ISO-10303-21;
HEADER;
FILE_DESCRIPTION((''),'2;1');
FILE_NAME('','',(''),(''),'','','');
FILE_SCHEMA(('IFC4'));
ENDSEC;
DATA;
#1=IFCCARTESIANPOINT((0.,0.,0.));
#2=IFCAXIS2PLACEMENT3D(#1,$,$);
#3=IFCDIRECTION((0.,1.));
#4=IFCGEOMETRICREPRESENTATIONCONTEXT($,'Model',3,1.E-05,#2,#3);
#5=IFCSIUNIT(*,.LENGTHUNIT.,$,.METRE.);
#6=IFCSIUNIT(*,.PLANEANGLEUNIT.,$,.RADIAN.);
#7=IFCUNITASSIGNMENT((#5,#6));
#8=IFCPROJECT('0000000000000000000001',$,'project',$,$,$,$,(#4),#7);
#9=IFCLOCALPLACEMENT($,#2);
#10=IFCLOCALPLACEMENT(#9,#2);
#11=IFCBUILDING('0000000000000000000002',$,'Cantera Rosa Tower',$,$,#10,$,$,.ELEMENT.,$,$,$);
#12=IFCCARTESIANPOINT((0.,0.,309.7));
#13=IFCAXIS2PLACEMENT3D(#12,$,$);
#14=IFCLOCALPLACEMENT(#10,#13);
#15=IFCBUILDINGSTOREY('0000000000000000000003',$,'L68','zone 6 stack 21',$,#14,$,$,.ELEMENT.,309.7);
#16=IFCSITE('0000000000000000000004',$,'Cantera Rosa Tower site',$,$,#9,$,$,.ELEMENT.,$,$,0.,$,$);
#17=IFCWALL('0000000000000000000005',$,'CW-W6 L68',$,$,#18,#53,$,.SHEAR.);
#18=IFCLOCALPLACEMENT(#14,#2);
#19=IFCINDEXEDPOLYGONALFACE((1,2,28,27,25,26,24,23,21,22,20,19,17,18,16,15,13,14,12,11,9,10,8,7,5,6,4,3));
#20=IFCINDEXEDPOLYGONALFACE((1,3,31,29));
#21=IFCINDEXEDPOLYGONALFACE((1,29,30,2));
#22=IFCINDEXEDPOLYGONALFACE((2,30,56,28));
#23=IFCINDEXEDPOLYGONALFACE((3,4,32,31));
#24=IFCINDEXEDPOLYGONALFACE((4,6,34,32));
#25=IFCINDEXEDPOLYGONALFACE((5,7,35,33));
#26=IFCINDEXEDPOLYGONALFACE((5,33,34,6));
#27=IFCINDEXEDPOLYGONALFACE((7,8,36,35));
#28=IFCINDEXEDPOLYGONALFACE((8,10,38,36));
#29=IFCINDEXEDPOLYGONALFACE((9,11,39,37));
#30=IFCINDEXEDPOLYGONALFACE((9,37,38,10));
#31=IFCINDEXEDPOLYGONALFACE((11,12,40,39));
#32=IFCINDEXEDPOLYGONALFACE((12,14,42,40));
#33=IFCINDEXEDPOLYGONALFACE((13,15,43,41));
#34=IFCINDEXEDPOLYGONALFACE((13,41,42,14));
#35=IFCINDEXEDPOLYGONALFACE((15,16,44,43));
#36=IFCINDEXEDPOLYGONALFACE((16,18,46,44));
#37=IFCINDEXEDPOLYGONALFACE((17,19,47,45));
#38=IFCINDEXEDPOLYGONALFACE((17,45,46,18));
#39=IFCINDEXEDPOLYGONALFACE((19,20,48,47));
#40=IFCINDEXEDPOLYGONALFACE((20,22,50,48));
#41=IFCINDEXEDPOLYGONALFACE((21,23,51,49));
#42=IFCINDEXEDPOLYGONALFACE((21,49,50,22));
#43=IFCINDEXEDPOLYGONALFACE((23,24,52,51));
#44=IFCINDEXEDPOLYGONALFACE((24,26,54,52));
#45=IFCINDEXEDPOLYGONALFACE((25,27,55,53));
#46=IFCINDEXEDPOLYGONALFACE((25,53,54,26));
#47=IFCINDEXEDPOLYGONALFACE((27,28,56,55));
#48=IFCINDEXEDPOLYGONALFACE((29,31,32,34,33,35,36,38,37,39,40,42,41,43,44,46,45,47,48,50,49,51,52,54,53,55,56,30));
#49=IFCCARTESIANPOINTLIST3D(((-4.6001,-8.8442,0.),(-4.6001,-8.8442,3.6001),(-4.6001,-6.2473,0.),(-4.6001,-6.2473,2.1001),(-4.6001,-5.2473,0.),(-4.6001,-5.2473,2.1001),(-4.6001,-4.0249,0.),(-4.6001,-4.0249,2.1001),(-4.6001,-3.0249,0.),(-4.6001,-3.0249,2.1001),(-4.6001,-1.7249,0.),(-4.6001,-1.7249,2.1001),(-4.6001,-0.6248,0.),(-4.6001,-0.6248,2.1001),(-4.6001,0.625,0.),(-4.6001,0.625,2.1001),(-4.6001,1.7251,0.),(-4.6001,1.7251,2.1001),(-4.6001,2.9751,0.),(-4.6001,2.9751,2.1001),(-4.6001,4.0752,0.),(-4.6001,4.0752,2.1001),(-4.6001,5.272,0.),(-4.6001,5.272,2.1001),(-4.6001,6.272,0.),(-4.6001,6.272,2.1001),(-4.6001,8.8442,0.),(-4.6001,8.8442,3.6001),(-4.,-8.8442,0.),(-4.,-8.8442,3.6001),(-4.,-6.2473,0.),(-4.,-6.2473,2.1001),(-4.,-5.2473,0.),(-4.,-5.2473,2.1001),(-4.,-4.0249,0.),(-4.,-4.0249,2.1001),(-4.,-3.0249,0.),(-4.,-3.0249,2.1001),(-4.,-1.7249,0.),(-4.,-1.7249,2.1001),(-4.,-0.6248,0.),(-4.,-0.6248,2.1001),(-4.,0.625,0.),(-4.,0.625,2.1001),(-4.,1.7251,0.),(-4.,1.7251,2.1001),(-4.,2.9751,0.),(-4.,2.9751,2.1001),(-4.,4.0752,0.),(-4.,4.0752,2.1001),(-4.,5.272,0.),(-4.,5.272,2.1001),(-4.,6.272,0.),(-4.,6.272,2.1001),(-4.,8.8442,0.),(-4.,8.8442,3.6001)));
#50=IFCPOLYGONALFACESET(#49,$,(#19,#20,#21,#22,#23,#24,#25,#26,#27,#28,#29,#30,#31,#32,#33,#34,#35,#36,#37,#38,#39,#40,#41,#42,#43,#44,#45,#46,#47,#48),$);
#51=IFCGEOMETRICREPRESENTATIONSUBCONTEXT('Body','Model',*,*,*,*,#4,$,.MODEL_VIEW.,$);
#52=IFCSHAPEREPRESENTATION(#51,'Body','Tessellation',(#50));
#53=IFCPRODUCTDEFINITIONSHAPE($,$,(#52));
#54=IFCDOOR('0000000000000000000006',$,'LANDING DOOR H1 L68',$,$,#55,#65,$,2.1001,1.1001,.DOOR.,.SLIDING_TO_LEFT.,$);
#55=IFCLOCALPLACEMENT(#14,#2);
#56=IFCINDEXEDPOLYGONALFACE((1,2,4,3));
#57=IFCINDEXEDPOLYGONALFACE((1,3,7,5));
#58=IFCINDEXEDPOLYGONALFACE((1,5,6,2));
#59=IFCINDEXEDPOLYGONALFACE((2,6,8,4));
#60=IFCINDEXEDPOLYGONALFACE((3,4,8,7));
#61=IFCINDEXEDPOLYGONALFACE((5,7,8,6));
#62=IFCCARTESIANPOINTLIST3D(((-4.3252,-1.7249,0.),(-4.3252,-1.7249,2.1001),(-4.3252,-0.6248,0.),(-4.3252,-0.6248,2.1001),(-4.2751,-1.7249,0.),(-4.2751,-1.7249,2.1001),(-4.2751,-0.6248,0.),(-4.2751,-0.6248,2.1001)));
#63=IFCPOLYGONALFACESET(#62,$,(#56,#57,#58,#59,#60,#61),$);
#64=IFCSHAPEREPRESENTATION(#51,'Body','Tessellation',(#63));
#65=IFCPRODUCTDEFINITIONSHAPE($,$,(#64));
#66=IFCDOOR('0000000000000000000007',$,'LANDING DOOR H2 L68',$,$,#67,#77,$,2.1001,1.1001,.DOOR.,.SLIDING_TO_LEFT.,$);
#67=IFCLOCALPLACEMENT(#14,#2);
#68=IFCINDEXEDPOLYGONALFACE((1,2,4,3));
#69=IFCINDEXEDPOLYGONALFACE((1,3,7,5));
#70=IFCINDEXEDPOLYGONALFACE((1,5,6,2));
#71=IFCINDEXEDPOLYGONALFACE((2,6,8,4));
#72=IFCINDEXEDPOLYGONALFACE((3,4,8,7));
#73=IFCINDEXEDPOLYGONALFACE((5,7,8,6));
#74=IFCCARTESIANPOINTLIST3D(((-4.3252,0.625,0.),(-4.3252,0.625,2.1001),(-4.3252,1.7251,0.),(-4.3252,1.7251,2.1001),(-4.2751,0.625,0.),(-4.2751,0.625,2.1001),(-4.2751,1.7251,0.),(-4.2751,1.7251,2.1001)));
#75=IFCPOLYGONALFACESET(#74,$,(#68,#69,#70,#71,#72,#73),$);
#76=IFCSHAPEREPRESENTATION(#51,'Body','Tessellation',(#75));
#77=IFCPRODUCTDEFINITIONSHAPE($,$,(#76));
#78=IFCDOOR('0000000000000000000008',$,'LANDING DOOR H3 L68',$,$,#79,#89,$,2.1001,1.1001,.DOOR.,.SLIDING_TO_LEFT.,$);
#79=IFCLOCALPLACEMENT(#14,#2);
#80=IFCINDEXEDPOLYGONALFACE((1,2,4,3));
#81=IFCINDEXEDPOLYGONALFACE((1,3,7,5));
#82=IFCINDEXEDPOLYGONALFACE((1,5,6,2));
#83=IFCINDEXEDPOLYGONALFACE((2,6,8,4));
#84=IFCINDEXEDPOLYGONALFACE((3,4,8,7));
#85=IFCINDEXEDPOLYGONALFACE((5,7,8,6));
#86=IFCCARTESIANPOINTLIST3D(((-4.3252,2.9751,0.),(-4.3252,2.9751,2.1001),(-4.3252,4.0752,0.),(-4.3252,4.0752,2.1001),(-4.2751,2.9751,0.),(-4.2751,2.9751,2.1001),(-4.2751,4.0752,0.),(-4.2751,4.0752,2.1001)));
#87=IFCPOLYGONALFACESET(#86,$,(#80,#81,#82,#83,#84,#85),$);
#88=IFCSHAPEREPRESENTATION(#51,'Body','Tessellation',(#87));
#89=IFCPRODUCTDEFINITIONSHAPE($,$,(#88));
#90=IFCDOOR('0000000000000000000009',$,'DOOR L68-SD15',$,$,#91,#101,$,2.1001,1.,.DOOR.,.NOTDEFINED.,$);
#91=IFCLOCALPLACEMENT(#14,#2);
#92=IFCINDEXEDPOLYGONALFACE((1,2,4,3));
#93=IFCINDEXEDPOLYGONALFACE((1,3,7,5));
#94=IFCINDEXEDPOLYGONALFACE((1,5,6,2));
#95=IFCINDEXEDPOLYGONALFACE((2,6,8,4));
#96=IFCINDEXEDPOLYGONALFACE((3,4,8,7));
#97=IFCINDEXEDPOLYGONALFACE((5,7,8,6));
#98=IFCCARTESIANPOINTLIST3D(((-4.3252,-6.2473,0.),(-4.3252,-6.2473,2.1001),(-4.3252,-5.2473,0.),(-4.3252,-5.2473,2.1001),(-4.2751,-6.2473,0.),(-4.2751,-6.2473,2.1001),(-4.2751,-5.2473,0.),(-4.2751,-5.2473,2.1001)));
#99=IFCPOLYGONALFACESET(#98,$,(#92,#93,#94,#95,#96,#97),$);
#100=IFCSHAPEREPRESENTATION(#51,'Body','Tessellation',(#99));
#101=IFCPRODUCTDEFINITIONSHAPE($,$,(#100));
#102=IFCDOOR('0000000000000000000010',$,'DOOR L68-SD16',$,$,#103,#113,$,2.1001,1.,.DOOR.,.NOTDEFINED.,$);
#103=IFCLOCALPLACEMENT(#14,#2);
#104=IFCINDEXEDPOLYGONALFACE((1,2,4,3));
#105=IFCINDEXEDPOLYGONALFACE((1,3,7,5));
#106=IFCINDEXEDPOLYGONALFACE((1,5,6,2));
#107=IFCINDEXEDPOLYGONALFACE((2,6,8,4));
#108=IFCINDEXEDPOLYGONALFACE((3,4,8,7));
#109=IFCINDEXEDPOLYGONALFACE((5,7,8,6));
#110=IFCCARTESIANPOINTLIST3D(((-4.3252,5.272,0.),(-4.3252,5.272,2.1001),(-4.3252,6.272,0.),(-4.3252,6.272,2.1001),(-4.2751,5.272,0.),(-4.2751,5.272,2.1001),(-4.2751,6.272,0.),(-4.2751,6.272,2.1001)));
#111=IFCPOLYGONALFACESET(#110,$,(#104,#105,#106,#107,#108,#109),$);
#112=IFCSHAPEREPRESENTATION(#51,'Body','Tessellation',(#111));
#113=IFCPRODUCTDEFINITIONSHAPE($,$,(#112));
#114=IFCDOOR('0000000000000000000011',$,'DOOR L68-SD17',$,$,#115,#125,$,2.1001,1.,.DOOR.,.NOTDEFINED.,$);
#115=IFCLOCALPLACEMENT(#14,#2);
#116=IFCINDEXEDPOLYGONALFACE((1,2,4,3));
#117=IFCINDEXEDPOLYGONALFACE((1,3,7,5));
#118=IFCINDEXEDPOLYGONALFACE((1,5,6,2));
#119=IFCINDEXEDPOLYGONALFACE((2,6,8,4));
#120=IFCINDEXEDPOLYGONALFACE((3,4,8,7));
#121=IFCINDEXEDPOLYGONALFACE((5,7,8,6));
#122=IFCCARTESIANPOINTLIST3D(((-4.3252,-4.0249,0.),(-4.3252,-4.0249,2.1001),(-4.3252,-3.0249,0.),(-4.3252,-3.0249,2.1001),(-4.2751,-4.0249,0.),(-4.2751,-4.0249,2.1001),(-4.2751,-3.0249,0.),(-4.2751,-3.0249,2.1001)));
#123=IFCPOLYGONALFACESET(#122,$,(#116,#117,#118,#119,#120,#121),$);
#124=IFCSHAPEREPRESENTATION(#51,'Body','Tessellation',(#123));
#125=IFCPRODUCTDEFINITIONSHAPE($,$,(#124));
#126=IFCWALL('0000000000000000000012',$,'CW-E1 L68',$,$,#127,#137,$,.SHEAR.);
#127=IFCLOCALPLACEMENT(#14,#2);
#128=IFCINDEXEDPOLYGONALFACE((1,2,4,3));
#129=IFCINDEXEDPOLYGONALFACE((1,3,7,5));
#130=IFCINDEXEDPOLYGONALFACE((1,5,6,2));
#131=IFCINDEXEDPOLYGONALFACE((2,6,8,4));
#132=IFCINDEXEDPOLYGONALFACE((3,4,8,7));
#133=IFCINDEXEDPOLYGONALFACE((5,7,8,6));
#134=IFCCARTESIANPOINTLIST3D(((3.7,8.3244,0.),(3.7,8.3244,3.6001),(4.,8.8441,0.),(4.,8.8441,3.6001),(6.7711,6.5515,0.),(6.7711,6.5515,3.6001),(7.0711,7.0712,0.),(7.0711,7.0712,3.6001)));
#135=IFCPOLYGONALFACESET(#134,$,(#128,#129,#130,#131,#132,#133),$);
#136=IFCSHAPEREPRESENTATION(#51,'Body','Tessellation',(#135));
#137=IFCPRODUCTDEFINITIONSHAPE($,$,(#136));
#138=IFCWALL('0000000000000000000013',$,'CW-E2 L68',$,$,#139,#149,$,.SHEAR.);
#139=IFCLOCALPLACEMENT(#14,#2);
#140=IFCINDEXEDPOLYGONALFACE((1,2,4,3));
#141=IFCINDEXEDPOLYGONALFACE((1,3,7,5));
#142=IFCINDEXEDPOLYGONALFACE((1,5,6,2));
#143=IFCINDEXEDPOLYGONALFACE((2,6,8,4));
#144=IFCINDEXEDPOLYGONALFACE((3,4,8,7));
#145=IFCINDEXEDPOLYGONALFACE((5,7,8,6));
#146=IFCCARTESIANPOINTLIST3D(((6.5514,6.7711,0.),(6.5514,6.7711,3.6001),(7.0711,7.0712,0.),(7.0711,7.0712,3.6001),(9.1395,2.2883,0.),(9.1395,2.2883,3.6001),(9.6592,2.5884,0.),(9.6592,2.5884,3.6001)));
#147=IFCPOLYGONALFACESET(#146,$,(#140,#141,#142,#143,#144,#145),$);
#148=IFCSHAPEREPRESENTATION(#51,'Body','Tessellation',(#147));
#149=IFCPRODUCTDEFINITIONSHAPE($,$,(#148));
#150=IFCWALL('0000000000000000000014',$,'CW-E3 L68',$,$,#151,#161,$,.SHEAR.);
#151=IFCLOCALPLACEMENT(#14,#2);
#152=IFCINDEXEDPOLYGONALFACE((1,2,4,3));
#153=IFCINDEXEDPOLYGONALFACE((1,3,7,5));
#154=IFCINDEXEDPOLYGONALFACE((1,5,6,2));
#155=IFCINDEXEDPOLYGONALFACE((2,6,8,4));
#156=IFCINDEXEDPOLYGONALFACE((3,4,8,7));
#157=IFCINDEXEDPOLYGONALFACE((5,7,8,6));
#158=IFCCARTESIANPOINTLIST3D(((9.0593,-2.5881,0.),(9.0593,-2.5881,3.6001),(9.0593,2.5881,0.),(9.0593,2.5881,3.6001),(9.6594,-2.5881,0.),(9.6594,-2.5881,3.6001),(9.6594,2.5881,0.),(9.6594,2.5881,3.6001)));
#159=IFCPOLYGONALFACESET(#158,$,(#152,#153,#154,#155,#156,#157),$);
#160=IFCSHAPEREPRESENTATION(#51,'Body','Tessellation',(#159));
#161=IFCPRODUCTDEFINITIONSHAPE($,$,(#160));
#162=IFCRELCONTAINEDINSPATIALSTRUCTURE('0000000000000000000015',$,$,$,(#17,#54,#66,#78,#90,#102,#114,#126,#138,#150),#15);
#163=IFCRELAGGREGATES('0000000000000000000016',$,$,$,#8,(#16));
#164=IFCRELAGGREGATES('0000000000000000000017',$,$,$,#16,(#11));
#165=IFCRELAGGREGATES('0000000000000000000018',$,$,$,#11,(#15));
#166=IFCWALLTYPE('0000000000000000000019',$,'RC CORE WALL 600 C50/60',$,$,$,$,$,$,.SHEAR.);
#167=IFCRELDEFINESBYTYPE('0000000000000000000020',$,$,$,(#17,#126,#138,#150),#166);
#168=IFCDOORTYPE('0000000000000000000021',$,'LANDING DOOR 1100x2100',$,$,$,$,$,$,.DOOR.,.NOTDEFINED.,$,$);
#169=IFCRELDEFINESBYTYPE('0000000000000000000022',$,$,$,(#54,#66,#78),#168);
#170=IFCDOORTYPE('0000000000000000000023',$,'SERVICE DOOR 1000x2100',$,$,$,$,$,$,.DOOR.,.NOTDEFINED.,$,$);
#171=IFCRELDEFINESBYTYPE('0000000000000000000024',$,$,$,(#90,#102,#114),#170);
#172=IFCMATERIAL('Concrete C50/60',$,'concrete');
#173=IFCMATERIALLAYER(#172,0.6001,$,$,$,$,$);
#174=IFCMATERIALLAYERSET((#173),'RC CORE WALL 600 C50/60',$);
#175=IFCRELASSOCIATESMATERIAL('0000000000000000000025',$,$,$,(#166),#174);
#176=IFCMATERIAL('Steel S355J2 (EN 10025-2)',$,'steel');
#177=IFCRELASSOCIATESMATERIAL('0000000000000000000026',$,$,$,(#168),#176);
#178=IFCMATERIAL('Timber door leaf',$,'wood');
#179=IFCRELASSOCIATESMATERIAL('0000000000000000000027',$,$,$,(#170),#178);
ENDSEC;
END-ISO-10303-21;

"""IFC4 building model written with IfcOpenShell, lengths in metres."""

from ifc_helpers import new_model, si_unit, direction, frame, frame_2d, origin, place, context, subcontext, project, spatial, rectangle, extrude, material, layer, layer_set, type_object, element, fill, save


model = new_model("IFC4")

# Units and contexts
model_context = context("Model", 3, precision=1e-05, world=origin(), true_north=direction((0.0, 1.0)))
body_context = subcontext(model_context, "Body", "Model", "MODEL_VIEW")
ifc_project = project(units=[si_unit("LENGTHUNIT", "METRE"), si_unit("PLANEANGLEUNIT", "RADIAN")], contexts=[model_context])

# Site, building, storey
site_placement = place(None, origin())
site = spatial("IfcSite", under=ifc_project, at=site_placement, Name="Cantera Rosa Tower site", CompositionType="ELEMENT", RefElevation=0.0)
building_placement = place(site_placement, origin())
building = spatial("IfcBuilding", under=site, at=building_placement, Name="Cantera Rosa Tower", CompositionType="ELEMENT")
storey_placement = place(building_placement, frame((0.0, 0.0, 309.7)))
storey = spatial("IfcBuildingStorey", under=building, at=storey_placement, Name="L68", Description="zone 6 stack 21", CompositionType="ELEMENT", Elevation=309.7)

# Wall, openings, doors
ifc_material_1 = material(Name="Concrete C50/60", Category="concrete")
ifc_layer_1 = layer(ifc_material_1, 0.6001)
ifc_layer_set_1 = layer_set([ifc_layer_1], Name="RC CORE WALL 600 C50/60")
wall_type_1 = type_object("IfcWallType", Name="RC CORE WALL 600 C50/60", PredefinedType="SHEAR", material=ifc_layer_set_1)
wall_1_placement = place(storey_placement, frame((-4.3, 8.8442, 0.0), z_axis=(0.0, 0.0, 1.0), x_axis=(0.0, -1.0, 0.0)))
wall_1 = element("IfcWall", 1, at=wall_1_placement, inside=storey, type_object=wall_type_1, Name="CW-W6 L68", PredefinedType="SHEAR", context=body_context, shape_type="SweptSolid", body=[
    extrude(rectangle(XDim=17.6885, YDim=0.6001, at=frame_2d((8.8442, 0.0))), origin(), (0.0, 0.0, 1.0), 3.6001),
])
opening_1_placement = place(wall_1_placement, frame((9.469, 0.0, 0.0)))
opening_1 = element("IfcOpeningElement", 2, at=opening_1_placement, cuts=wall_1, PredefinedType="OPENING", context=body_context, shape_type="SweptSolid", body=[
    extrude(rectangle(XDim=1.1001, YDim=2.1001, at=frame_2d((0.55, 1.05))), frame((0.0, 0.3101, 0.0), z_axis=(0.0, -1.0, 0.0), x_axis=(1.0, 0.0, 0.0)), (0.0, 0.0, 1.0), 0.6201),
])
opening_2_placement = place(wall_1_placement, frame((7.1191, 0.0, 0.0)))
opening_2 = element("IfcOpeningElement", 3, at=opening_2_placement, cuts=wall_1, PredefinedType="OPENING", context=body_context, shape_type="SweptSolid", body=[
    extrude(rectangle(XDim=1.1001, YDim=2.1001, at=frame_2d((0.55, 1.05))), frame((0.0, 0.3101, 0.0), z_axis=(0.0, -1.0, 0.0), x_axis=(1.0, 0.0, 0.0)), (0.0, 0.0, 1.0), 0.6201),
])
opening_3_placement = place(wall_1_placement, frame((4.769, 0.0, 0.0)))
opening_3 = element("IfcOpeningElement", 4, at=opening_3_placement, cuts=wall_1, PredefinedType="OPENING", context=body_context, shape_type="SweptSolid", body=[
    extrude(rectangle(XDim=1.1001, YDim=2.1001, at=frame_2d((0.55, 1.05))), frame((0.0, 0.3101, 0.0), z_axis=(0.0, -1.0, 0.0), x_axis=(1.0, 0.0, 0.0)), (0.0, 0.0, 1.0), 0.6201),
])
opening_4_placement = place(wall_1_placement, frame((14.0916, 0.0, 0.0)))
opening_4 = element("IfcOpeningElement", 5, at=opening_4_placement, cuts=wall_1, PredefinedType="OPENING", context=body_context, shape_type="SweptSolid", body=[
    extrude(rectangle(XDim=1.0, YDim=2.1001, at=frame_2d((0.5, 1.05))), frame((0.0, 0.3101, 0.0), z_axis=(0.0, -1.0, 0.0), x_axis=(1.0, 0.0, 0.0)), (0.0, 0.0, 1.0), 0.6201),
])
opening_5_placement = place(wall_1_placement, frame((2.5723, 0.0, 0.0)))
opening_5 = element("IfcOpeningElement", 6, at=opening_5_placement, cuts=wall_1, PredefinedType="OPENING", context=body_context, shape_type="SweptSolid", body=[
    extrude(rectangle(XDim=1.0, YDim=2.1001, at=frame_2d((0.5, 1.05))), frame((0.0, 0.3101, 0.0), z_axis=(0.0, -1.0, 0.0), x_axis=(1.0, 0.0, 0.0)), (0.0, 0.0, 1.0), 0.6201),
])
opening_6_placement = place(wall_1_placement, frame((11.8691, 0.0, 0.0)))
opening_6 = element("IfcOpeningElement", 7, at=opening_6_placement, cuts=wall_1, PredefinedType="OPENING", context=body_context, shape_type="SweptSolid", body=[
    extrude(rectangle(XDim=1.0, YDim=2.1001, at=frame_2d((0.5, 1.05))), frame((0.0, 0.3101, 0.0), z_axis=(0.0, -1.0, 0.0), x_axis=(1.0, 0.0, 0.0)), (0.0, 0.0, 1.0), 0.6201),
])
ifc_material_2 = material(Name="Steel S355J2 (EN 10025-2)", Category="steel")
door_type_1 = type_object("IfcDoorType", Name="LANDING DOOR 1100x2100", OperationType="NOTDEFINED", PredefinedType="DOOR", material=ifc_material_2)
door_1_placement = place(opening_1_placement, origin())
door_1 = element("IfcDoor", 8, at=door_1_placement, inside=storey, type_object=door_type_1, Name="LANDING DOOR H1 L68", OperationType="SLIDING_TO_LEFT", OverallHeight=2.1001, OverallWidth=1.1001, PredefinedType="DOOR", context=body_context, shape_type="SweptSolid", body=[
    extrude(rectangle(XDim=1.1001, YDim=2.1001, at=frame_2d((0.55, 1.05))), frame((0.0, 0.0249, 0.0), z_axis=(0.0, -1.0, 0.0), x_axis=(1.0, 0.0, 0.0)), (0.0, 0.0, 1.0), 0.05),
])
fill(opening_1, door_1)
door_2_placement = place(opening_2_placement, origin())
door_2 = element("IfcDoor", 9, at=door_2_placement, inside=storey, type_object=door_type_1, Name="LANDING DOOR H2 L68", OperationType="SLIDING_TO_LEFT", OverallHeight=2.1001, OverallWidth=1.1001, PredefinedType="DOOR", context=body_context, shape_type="SweptSolid", body=[
    extrude(rectangle(XDim=1.1001, YDim=2.1001, at=frame_2d((0.55, 1.05))), frame((0.0, 0.0249, 0.0), z_axis=(0.0, -1.0, 0.0), x_axis=(1.0, 0.0, 0.0)), (0.0, 0.0, 1.0), 0.05),
])
fill(opening_2, door_2)
door_3_placement = place(opening_3_placement, origin())
door_3 = element("IfcDoor", 10, at=door_3_placement, inside=storey, type_object=door_type_1, Name="LANDING DOOR H3 L68", OperationType="SLIDING_TO_LEFT", OverallHeight=2.1001, OverallWidth=1.1001, PredefinedType="DOOR", context=body_context, shape_type="SweptSolid", body=[
    extrude(rectangle(XDim=1.1001, YDim=2.1001, at=frame_2d((0.55, 1.05))), frame((0.0, 0.0249, 0.0), z_axis=(0.0, -1.0, 0.0), x_axis=(1.0, 0.0, 0.0)), (0.0, 0.0, 1.0), 0.05),
])
fill(opening_3, door_3)
ifc_material_3 = material(Name="Timber door leaf", Category="wood")
door_type_2 = type_object("IfcDoorType", Name="SERVICE DOOR 1000x2100", OperationType="NOTDEFINED", PredefinedType="DOOR", material=ifc_material_3)
door_4_placement = place(opening_4_placement, origin())
door_4 = element("IfcDoor", 11, at=door_4_placement, inside=storey, type_object=door_type_2, Name="DOOR L68-SD15", OperationType="NOTDEFINED", OverallHeight=2.1001, OverallWidth=1.0, PredefinedType="DOOR", context=body_context, shape_type="SweptSolid", body=[
    extrude(rectangle(XDim=1.0, YDim=2.1001, at=frame_2d((0.5, 1.05))), frame((0.0, 0.0249, 0.0), z_axis=(0.0, -1.0, 0.0), x_axis=(1.0, 0.0, 0.0)), (0.0, 0.0, 1.0), 0.05),
])
fill(opening_4, door_4)
door_5_placement = place(opening_5_placement, origin())
door_5 = element("IfcDoor", 12, at=door_5_placement, inside=storey, type_object=door_type_2, Name="DOOR L68-SD16", OperationType="NOTDEFINED", OverallHeight=2.1001, OverallWidth=1.0, PredefinedType="DOOR", context=body_context, shape_type="SweptSolid", body=[
    extrude(rectangle(XDim=1.0, YDim=2.1001, at=frame_2d((0.5, 1.05))), frame((0.0, 0.0249, 0.0), z_axis=(0.0, -1.0, 0.0), x_axis=(1.0, 0.0, 0.0)), (0.0, 0.0, 1.0), 0.05),
])
fill(opening_5, door_5)
door_6_placement = place(opening_6_placement, origin())
door_6 = element("IfcDoor", 13, at=door_6_placement, inside=storey, type_object=door_type_2, Name="DOOR L68-SD17", OperationType="NOTDEFINED", OverallHeight=2.1001, OverallWidth=1.0, PredefinedType="DOOR", context=body_context, shape_type="SweptSolid", body=[
    extrude(rectangle(XDim=1.0, YDim=2.1001, at=frame_2d((0.5, 1.05))), frame((0.0, 0.0249, 0.0), z_axis=(0.0, -1.0, 0.0), x_axis=(1.0, 0.0, 0.0)), (0.0, 0.0, 1.0), 0.05),
])
fill(opening_6, door_6)

# Walls
wall_2_placement = place(storey_placement, frame((3.8501, 8.5842, 0.0), z_axis=(0.0, 0.0, 1.0), x_axis=(0.86604, -0.499975, 0.0)))
element("IfcWall", 14, at=wall_2_placement, inside=storey, type_object=wall_type_1, Name="CW-E1 L68", PredefinedType="SHEAR", context=body_context, shape_type="SweptSolid", body=[
    extrude(rectangle(XDim=3.5461, YDim=0.6001, at=frame_2d((1.7729, 0.0))), origin(), (0.0, 0.0, 1.0), 3.6001),
])
for number, where, z_axis, x_axis, name in (
    (15, (6.8113, 6.9211, 0.0), (0.0, 0.0, 1.0), (0.499989, -0.866032, 0.0), "CW-E2 L68"),
    (16, (9.3594, 2.5881, 0.0), (0.0, 0.0, 1.0), (0.0, -1.0, 0.0), "CW-E3 L68"),
):
    element("IfcWall", number, at=place(storey_placement, frame(where, z_axis=z_axis, x_axis=x_axis)), inside=storey, type_object=wall_type_1, Name=name, PredefinedType="SHEAR", context=body_context, shape_type="SweptSolid", body=[
        extrude(rectangle(XDim=5.1763, YDim=0.6001, at=frame_2d((2.5881, 0.0))), origin(), (0.0, 0.0, 1.0), 3.6001),
    ])

save(model, "model.ifc")
